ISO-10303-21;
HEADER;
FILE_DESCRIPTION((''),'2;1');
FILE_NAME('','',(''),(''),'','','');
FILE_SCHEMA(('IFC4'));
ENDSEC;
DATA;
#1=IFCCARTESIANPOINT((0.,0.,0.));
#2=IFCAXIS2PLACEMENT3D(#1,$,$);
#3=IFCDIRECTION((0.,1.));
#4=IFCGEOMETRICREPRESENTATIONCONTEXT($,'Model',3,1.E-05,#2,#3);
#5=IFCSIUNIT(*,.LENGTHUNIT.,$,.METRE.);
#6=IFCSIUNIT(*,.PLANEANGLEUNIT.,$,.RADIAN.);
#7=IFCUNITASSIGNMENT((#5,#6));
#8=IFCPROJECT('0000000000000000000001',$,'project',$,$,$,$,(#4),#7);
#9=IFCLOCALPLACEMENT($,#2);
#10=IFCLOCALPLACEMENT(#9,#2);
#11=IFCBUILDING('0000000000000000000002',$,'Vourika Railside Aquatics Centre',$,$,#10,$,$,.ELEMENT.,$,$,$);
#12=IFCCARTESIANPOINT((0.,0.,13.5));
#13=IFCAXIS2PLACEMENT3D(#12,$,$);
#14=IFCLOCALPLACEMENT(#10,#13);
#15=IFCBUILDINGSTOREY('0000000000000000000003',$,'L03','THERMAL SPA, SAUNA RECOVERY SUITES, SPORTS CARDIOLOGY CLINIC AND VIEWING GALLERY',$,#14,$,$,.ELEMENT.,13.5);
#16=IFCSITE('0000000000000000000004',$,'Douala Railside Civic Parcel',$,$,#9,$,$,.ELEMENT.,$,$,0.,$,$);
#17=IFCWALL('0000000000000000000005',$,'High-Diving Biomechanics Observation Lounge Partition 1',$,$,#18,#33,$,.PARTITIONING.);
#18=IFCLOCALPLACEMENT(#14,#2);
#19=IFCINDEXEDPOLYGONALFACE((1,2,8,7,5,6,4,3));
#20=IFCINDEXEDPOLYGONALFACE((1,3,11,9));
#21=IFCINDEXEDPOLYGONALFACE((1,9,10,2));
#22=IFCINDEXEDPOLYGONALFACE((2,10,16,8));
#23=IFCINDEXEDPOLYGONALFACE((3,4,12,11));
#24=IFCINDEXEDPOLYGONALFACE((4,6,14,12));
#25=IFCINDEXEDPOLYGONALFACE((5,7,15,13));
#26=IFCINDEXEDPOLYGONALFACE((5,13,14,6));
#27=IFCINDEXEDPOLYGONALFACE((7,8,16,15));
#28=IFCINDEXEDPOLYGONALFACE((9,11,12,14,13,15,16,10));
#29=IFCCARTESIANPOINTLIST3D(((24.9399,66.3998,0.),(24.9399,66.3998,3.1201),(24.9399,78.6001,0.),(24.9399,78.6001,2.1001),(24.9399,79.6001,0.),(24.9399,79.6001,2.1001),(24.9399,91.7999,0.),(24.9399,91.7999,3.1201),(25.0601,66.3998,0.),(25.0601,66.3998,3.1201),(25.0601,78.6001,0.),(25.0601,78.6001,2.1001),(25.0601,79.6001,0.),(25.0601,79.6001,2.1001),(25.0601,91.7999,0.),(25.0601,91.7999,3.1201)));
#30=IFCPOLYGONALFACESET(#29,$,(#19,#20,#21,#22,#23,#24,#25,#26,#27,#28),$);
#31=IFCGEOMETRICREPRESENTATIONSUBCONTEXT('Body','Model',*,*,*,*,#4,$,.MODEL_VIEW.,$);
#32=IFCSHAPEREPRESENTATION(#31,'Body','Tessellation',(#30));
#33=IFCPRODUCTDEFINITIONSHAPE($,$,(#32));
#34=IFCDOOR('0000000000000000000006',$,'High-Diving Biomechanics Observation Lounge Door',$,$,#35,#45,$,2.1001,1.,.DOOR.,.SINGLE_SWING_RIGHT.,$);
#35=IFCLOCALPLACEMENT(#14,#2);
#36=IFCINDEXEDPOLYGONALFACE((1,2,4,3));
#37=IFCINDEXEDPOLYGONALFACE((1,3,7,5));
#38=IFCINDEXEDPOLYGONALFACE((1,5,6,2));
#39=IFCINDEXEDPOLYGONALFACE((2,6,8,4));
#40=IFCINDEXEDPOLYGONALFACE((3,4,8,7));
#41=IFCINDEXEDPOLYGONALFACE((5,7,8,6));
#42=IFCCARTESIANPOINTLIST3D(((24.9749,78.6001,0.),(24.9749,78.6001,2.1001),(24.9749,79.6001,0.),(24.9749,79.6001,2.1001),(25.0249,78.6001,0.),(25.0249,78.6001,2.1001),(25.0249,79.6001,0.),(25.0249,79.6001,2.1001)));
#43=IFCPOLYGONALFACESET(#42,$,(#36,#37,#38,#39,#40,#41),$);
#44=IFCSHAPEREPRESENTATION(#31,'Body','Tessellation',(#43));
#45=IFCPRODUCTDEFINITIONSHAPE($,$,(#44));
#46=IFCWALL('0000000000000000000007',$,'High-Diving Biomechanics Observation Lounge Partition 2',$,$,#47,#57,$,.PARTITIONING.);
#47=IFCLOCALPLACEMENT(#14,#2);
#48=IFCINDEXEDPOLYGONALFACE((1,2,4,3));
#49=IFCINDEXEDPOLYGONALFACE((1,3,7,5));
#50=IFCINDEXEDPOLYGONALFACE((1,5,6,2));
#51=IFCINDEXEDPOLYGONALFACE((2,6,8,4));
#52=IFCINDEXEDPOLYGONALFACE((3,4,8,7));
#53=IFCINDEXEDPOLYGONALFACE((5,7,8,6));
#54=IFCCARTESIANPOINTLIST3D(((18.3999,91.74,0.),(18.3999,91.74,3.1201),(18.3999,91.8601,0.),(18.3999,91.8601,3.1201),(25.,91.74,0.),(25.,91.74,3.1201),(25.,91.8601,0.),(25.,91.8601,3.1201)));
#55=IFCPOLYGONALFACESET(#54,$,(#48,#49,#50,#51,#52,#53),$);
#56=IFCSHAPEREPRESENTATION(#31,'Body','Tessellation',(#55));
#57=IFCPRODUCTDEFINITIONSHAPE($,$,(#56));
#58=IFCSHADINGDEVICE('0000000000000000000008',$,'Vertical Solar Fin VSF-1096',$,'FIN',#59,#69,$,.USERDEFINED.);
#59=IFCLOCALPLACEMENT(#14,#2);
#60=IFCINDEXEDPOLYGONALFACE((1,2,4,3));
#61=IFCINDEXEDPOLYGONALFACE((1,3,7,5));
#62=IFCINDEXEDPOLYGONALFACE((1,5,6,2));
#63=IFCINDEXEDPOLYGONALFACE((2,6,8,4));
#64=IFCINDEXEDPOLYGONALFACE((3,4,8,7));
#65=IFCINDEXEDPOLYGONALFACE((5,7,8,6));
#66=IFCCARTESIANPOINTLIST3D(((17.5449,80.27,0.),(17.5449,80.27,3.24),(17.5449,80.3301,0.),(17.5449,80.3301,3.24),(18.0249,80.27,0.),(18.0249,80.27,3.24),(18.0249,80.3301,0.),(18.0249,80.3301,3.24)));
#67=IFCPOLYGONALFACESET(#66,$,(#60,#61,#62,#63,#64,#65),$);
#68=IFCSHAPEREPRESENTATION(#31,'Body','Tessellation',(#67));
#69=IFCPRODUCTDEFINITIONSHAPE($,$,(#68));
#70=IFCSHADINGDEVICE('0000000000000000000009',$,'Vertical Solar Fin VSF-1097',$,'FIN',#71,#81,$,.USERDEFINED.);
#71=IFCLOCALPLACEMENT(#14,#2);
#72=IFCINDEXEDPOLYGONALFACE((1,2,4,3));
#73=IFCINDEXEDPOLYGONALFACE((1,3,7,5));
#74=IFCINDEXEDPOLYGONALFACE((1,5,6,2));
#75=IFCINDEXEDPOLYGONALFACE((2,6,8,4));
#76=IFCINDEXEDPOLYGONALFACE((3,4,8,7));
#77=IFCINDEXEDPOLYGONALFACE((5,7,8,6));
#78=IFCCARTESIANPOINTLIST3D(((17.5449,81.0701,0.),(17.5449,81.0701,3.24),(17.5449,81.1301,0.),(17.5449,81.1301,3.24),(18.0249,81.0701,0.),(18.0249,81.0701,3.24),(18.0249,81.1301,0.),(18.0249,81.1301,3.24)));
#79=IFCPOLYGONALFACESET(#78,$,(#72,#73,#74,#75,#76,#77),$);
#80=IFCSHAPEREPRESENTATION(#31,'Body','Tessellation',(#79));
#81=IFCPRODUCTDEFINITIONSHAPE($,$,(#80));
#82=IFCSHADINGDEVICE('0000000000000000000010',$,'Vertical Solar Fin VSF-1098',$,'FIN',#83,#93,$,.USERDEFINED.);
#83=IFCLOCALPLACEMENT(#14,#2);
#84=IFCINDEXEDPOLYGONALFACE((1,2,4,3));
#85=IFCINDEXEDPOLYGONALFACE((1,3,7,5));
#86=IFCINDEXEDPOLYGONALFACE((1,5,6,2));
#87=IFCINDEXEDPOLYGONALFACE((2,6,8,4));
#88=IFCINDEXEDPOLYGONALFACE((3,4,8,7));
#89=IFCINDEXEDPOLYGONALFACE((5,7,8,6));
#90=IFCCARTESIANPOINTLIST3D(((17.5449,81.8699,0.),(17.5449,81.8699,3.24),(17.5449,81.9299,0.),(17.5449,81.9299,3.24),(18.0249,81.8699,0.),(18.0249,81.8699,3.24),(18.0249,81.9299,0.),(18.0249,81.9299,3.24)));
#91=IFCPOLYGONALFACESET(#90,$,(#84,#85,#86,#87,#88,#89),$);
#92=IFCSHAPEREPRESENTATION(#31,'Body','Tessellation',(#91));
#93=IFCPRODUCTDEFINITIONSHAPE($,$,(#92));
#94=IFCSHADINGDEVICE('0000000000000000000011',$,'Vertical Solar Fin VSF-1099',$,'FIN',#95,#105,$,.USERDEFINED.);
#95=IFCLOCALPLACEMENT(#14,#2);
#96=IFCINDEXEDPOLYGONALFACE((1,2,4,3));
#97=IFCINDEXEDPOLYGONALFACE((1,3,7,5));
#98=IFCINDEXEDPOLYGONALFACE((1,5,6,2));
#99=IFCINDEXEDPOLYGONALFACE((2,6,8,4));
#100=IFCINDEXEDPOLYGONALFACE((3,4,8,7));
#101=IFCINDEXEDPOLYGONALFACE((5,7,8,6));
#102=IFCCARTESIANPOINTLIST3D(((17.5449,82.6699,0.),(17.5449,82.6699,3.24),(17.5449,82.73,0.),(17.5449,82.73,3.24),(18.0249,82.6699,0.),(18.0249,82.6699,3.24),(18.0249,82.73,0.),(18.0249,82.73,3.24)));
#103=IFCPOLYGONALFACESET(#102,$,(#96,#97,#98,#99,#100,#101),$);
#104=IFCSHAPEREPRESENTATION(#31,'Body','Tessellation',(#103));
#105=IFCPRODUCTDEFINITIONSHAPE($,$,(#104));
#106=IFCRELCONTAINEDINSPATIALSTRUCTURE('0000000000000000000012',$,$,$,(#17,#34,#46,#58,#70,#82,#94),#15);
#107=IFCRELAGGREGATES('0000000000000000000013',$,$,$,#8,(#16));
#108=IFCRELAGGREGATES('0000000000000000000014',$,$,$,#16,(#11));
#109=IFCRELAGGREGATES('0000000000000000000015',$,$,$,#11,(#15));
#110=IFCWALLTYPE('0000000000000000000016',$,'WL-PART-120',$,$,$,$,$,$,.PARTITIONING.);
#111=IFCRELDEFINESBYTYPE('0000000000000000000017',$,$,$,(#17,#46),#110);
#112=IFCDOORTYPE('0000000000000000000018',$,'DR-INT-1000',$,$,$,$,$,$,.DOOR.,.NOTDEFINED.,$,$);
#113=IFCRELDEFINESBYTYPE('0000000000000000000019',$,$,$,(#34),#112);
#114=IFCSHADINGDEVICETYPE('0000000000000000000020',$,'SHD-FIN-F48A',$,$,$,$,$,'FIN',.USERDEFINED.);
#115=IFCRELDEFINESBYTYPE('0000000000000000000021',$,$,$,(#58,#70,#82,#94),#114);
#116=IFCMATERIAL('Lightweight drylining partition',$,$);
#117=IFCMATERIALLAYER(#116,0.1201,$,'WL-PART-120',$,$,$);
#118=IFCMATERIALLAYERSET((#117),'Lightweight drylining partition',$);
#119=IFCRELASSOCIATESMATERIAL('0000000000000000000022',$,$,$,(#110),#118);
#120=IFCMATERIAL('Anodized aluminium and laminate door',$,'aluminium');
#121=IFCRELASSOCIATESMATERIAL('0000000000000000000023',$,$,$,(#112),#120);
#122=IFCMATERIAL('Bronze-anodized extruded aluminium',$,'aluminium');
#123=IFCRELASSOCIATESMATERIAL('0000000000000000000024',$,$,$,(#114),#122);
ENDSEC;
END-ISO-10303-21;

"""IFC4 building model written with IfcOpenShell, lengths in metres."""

from ifc_helpers import new_model, si_unit, direction, frame, frame_2d, origin, origin_2d, place, context, subcontext, project, spatial, rectangle, extrude, material, layer, layer_set, material_profile, profile_set, type_object, element, fill, save


model = new_model("IFC4")

# Units and contexts
model_context = context("Model", 3, precision=1e-05, world=origin(), true_north=direction((0.0, 1.0)))
body_context = subcontext(model_context, "Body", "Model", "MODEL_VIEW")
ifc_project = project(units=[si_unit("LENGTHUNIT", "METRE"), si_unit("PLANEANGLEUNIT", "RADIAN")], contexts=[model_context])

# Site, building, storey
site_placement = place(None, origin())
site = spatial("IfcSite", under=ifc_project, at=site_placement, Name="Douala Railside Civic Parcel", CompositionType="ELEMENT", RefElevation=0.0)
building_placement = place(site_placement, origin())
building = spatial("IfcBuilding", under=site, at=building_placement, Name="Vourika Railside Aquatics Centre", CompositionType="ELEMENT")
storey_placement = place(building_placement, frame((0.0, 0.0, 13.5)))
storey = spatial("IfcBuildingStorey", under=building, at=storey_placement, Name="L03", Description="THERMAL SPA, SAUNA RECOVERY SUITES, SPORTS CARDIOLOGY CLINIC AND VIEWING GALLERY", CompositionType="ELEMENT", Elevation=13.5)

# Wall, opening, door
ifc_material_1 = material(Name="Lightweight drylining partition")
ifc_layer_1 = layer(ifc_material_1, 0.1201, Name="WL-PART-120")
ifc_layer_set_1 = layer_set([ifc_layer_1], Name="Lightweight drylining partition")
wall_type_1 = type_object("IfcWallType", Name="WL-PART-120", PredefinedType="PARTITIONING", material=ifc_layer_set_1)
wall_1_placement = place(storey_placement, frame((25.0, 91.8, 0.0), z_axis=(0.0, 0.0, 1.0), x_axis=(0.0, -1.0, 0.0)))
wall_1 = element("IfcWall", 1, at=wall_1_placement, inside=storey, type_object=wall_type_1, Name="High-Diving Biomechanics Observation Lounge Partition 1", PredefinedType="PARTITIONING", context=body_context, shape_type="SweptSolid", body=[
    extrude(rectangle(XDim=25.4001, YDim=0.1201, at=frame_2d((12.7002, 0.0))), origin(), (0.0, 0.0, 1.0), 3.1201),
])
opening_1_placement = place(wall_1_placement, frame((12.2, 0.0, 0.0)))
opening_1 = element("IfcOpeningElement", 2, at=opening_1_placement, cuts=wall_1, PredefinedType="OPENING", context=body_context, shape_type="SweptSolid", body=[
    extrude(rectangle(XDim=1.0, YDim=2.1001, at=frame_2d((0.5, 1.05))), frame((0.0, 0.0701, 0.0), z_axis=(0.0, -1.0, 0.0), x_axis=(1.0, 0.0, 0.0)), (0.0, 0.0, 1.0), 0.1401),
])
ifc_material_2 = material(Name="Anodized aluminium and laminate door", Category="aluminium")
door_type = type_object("IfcDoorType", Name="DR-INT-1000", OperationType="NOTDEFINED", PredefinedType="DOOR", material=ifc_material_2)
door_placement = place(opening_1_placement, origin())
door = element("IfcDoor", 3, at=door_placement, inside=storey, type_object=door_type, Name="High-Diving Biomechanics Observation Lounge Door", OperationType="SINGLE_SWING_RIGHT", OverallHeight=2.1001, OverallWidth=1.0, PredefinedType="DOOR", context=body_context, shape_type="SweptSolid", body=[
    extrude(rectangle(XDim=1.0, YDim=2.1001, at=frame_2d((0.5, 1.05))), frame((0.0, 0.0249, 0.0), z_axis=(0.0, -1.0, 0.0), x_axis=(1.0, 0.0, 0.0)), (0.0, 0.0, 1.0), 0.05),
])
fill(opening_1, door)

# Wall
wall_2_placement = place(storey_placement, frame((18.3999, 91.8, 0.0), z_axis=(0.0, 0.0, 1.0), x_axis=(1.0, 0.0, 0.0)))
element("IfcWall", 4, at=wall_2_placement, inside=storey, type_object=wall_type_1, Name="High-Diving Biomechanics Observation Lounge Partition 2", PredefinedType="PARTITIONING", context=body_context, shape_type="SweptSolid", body=[
    extrude(rectangle(XDim=6.6001, YDim=0.1201, at=frame_2d((3.3, 0.0))), origin(), (0.0, 0.0, 1.0), 3.1201),
])

# Shading devices
ifc_material_3 = material(Name="Bronze-anodized extruded aluminium", Category="aluminium")
ifc_material_profile_1 = material_profile(ifc_material_3, rectangle(XDim=0.0601, YDim=0.48, at=origin_2d()), Name="ALU-FIN 60x480")
ifc_profile_set_1 = profile_set([ifc_material_profile_1], Name="Bronze-anodized extruded aluminium")
shading_device_type = type_object("IfcShadingDeviceType", Name="SHD-FIN-F48A", ElementType="FIN", PredefinedType="USERDEFINED", material=ifc_profile_set_1)
for number, where, z_axis, x_axis, name in (
    (5, (17.7849, 80.3, 0.0), (0.0, 0.0, 1.0), (0.0, 1.0, 0.0), "Vertical Solar Fin VSF-1096"),
    (6, (17.7849, 81.1001, 0.0), (0.0, 0.0, 1.0), (0.0, 1.0, 0.0), "Vertical Solar Fin VSF-1097"),
    (7, (17.7849, 81.8999, 0.0), (0.0, 0.0, 1.0), (0.0, 1.0, 0.0), "Vertical Solar Fin VSF-1098"),
    (8, (17.7849, 82.7, 0.0), (0.0, 0.0, 1.0), (0.0, 1.0, 0.0), "Vertical Solar Fin VSF-1099"),
):
    element("IfcShadingDevice", number, at=place(storey_placement, frame(where, z_axis=z_axis, x_axis=x_axis)), inside=storey, type_object=shading_device_type, Name=name, ObjectType="FIN", PredefinedType="USERDEFINED", context=body_context, shape_type="SweptSolid", body=[
        extrude(rectangle(XDim=0.0601, YDim=0.48, at=origin_2d()), origin(), (0.0, 0.0, 1.0), 3.24),
    ])

save(model, "model.ifc")
